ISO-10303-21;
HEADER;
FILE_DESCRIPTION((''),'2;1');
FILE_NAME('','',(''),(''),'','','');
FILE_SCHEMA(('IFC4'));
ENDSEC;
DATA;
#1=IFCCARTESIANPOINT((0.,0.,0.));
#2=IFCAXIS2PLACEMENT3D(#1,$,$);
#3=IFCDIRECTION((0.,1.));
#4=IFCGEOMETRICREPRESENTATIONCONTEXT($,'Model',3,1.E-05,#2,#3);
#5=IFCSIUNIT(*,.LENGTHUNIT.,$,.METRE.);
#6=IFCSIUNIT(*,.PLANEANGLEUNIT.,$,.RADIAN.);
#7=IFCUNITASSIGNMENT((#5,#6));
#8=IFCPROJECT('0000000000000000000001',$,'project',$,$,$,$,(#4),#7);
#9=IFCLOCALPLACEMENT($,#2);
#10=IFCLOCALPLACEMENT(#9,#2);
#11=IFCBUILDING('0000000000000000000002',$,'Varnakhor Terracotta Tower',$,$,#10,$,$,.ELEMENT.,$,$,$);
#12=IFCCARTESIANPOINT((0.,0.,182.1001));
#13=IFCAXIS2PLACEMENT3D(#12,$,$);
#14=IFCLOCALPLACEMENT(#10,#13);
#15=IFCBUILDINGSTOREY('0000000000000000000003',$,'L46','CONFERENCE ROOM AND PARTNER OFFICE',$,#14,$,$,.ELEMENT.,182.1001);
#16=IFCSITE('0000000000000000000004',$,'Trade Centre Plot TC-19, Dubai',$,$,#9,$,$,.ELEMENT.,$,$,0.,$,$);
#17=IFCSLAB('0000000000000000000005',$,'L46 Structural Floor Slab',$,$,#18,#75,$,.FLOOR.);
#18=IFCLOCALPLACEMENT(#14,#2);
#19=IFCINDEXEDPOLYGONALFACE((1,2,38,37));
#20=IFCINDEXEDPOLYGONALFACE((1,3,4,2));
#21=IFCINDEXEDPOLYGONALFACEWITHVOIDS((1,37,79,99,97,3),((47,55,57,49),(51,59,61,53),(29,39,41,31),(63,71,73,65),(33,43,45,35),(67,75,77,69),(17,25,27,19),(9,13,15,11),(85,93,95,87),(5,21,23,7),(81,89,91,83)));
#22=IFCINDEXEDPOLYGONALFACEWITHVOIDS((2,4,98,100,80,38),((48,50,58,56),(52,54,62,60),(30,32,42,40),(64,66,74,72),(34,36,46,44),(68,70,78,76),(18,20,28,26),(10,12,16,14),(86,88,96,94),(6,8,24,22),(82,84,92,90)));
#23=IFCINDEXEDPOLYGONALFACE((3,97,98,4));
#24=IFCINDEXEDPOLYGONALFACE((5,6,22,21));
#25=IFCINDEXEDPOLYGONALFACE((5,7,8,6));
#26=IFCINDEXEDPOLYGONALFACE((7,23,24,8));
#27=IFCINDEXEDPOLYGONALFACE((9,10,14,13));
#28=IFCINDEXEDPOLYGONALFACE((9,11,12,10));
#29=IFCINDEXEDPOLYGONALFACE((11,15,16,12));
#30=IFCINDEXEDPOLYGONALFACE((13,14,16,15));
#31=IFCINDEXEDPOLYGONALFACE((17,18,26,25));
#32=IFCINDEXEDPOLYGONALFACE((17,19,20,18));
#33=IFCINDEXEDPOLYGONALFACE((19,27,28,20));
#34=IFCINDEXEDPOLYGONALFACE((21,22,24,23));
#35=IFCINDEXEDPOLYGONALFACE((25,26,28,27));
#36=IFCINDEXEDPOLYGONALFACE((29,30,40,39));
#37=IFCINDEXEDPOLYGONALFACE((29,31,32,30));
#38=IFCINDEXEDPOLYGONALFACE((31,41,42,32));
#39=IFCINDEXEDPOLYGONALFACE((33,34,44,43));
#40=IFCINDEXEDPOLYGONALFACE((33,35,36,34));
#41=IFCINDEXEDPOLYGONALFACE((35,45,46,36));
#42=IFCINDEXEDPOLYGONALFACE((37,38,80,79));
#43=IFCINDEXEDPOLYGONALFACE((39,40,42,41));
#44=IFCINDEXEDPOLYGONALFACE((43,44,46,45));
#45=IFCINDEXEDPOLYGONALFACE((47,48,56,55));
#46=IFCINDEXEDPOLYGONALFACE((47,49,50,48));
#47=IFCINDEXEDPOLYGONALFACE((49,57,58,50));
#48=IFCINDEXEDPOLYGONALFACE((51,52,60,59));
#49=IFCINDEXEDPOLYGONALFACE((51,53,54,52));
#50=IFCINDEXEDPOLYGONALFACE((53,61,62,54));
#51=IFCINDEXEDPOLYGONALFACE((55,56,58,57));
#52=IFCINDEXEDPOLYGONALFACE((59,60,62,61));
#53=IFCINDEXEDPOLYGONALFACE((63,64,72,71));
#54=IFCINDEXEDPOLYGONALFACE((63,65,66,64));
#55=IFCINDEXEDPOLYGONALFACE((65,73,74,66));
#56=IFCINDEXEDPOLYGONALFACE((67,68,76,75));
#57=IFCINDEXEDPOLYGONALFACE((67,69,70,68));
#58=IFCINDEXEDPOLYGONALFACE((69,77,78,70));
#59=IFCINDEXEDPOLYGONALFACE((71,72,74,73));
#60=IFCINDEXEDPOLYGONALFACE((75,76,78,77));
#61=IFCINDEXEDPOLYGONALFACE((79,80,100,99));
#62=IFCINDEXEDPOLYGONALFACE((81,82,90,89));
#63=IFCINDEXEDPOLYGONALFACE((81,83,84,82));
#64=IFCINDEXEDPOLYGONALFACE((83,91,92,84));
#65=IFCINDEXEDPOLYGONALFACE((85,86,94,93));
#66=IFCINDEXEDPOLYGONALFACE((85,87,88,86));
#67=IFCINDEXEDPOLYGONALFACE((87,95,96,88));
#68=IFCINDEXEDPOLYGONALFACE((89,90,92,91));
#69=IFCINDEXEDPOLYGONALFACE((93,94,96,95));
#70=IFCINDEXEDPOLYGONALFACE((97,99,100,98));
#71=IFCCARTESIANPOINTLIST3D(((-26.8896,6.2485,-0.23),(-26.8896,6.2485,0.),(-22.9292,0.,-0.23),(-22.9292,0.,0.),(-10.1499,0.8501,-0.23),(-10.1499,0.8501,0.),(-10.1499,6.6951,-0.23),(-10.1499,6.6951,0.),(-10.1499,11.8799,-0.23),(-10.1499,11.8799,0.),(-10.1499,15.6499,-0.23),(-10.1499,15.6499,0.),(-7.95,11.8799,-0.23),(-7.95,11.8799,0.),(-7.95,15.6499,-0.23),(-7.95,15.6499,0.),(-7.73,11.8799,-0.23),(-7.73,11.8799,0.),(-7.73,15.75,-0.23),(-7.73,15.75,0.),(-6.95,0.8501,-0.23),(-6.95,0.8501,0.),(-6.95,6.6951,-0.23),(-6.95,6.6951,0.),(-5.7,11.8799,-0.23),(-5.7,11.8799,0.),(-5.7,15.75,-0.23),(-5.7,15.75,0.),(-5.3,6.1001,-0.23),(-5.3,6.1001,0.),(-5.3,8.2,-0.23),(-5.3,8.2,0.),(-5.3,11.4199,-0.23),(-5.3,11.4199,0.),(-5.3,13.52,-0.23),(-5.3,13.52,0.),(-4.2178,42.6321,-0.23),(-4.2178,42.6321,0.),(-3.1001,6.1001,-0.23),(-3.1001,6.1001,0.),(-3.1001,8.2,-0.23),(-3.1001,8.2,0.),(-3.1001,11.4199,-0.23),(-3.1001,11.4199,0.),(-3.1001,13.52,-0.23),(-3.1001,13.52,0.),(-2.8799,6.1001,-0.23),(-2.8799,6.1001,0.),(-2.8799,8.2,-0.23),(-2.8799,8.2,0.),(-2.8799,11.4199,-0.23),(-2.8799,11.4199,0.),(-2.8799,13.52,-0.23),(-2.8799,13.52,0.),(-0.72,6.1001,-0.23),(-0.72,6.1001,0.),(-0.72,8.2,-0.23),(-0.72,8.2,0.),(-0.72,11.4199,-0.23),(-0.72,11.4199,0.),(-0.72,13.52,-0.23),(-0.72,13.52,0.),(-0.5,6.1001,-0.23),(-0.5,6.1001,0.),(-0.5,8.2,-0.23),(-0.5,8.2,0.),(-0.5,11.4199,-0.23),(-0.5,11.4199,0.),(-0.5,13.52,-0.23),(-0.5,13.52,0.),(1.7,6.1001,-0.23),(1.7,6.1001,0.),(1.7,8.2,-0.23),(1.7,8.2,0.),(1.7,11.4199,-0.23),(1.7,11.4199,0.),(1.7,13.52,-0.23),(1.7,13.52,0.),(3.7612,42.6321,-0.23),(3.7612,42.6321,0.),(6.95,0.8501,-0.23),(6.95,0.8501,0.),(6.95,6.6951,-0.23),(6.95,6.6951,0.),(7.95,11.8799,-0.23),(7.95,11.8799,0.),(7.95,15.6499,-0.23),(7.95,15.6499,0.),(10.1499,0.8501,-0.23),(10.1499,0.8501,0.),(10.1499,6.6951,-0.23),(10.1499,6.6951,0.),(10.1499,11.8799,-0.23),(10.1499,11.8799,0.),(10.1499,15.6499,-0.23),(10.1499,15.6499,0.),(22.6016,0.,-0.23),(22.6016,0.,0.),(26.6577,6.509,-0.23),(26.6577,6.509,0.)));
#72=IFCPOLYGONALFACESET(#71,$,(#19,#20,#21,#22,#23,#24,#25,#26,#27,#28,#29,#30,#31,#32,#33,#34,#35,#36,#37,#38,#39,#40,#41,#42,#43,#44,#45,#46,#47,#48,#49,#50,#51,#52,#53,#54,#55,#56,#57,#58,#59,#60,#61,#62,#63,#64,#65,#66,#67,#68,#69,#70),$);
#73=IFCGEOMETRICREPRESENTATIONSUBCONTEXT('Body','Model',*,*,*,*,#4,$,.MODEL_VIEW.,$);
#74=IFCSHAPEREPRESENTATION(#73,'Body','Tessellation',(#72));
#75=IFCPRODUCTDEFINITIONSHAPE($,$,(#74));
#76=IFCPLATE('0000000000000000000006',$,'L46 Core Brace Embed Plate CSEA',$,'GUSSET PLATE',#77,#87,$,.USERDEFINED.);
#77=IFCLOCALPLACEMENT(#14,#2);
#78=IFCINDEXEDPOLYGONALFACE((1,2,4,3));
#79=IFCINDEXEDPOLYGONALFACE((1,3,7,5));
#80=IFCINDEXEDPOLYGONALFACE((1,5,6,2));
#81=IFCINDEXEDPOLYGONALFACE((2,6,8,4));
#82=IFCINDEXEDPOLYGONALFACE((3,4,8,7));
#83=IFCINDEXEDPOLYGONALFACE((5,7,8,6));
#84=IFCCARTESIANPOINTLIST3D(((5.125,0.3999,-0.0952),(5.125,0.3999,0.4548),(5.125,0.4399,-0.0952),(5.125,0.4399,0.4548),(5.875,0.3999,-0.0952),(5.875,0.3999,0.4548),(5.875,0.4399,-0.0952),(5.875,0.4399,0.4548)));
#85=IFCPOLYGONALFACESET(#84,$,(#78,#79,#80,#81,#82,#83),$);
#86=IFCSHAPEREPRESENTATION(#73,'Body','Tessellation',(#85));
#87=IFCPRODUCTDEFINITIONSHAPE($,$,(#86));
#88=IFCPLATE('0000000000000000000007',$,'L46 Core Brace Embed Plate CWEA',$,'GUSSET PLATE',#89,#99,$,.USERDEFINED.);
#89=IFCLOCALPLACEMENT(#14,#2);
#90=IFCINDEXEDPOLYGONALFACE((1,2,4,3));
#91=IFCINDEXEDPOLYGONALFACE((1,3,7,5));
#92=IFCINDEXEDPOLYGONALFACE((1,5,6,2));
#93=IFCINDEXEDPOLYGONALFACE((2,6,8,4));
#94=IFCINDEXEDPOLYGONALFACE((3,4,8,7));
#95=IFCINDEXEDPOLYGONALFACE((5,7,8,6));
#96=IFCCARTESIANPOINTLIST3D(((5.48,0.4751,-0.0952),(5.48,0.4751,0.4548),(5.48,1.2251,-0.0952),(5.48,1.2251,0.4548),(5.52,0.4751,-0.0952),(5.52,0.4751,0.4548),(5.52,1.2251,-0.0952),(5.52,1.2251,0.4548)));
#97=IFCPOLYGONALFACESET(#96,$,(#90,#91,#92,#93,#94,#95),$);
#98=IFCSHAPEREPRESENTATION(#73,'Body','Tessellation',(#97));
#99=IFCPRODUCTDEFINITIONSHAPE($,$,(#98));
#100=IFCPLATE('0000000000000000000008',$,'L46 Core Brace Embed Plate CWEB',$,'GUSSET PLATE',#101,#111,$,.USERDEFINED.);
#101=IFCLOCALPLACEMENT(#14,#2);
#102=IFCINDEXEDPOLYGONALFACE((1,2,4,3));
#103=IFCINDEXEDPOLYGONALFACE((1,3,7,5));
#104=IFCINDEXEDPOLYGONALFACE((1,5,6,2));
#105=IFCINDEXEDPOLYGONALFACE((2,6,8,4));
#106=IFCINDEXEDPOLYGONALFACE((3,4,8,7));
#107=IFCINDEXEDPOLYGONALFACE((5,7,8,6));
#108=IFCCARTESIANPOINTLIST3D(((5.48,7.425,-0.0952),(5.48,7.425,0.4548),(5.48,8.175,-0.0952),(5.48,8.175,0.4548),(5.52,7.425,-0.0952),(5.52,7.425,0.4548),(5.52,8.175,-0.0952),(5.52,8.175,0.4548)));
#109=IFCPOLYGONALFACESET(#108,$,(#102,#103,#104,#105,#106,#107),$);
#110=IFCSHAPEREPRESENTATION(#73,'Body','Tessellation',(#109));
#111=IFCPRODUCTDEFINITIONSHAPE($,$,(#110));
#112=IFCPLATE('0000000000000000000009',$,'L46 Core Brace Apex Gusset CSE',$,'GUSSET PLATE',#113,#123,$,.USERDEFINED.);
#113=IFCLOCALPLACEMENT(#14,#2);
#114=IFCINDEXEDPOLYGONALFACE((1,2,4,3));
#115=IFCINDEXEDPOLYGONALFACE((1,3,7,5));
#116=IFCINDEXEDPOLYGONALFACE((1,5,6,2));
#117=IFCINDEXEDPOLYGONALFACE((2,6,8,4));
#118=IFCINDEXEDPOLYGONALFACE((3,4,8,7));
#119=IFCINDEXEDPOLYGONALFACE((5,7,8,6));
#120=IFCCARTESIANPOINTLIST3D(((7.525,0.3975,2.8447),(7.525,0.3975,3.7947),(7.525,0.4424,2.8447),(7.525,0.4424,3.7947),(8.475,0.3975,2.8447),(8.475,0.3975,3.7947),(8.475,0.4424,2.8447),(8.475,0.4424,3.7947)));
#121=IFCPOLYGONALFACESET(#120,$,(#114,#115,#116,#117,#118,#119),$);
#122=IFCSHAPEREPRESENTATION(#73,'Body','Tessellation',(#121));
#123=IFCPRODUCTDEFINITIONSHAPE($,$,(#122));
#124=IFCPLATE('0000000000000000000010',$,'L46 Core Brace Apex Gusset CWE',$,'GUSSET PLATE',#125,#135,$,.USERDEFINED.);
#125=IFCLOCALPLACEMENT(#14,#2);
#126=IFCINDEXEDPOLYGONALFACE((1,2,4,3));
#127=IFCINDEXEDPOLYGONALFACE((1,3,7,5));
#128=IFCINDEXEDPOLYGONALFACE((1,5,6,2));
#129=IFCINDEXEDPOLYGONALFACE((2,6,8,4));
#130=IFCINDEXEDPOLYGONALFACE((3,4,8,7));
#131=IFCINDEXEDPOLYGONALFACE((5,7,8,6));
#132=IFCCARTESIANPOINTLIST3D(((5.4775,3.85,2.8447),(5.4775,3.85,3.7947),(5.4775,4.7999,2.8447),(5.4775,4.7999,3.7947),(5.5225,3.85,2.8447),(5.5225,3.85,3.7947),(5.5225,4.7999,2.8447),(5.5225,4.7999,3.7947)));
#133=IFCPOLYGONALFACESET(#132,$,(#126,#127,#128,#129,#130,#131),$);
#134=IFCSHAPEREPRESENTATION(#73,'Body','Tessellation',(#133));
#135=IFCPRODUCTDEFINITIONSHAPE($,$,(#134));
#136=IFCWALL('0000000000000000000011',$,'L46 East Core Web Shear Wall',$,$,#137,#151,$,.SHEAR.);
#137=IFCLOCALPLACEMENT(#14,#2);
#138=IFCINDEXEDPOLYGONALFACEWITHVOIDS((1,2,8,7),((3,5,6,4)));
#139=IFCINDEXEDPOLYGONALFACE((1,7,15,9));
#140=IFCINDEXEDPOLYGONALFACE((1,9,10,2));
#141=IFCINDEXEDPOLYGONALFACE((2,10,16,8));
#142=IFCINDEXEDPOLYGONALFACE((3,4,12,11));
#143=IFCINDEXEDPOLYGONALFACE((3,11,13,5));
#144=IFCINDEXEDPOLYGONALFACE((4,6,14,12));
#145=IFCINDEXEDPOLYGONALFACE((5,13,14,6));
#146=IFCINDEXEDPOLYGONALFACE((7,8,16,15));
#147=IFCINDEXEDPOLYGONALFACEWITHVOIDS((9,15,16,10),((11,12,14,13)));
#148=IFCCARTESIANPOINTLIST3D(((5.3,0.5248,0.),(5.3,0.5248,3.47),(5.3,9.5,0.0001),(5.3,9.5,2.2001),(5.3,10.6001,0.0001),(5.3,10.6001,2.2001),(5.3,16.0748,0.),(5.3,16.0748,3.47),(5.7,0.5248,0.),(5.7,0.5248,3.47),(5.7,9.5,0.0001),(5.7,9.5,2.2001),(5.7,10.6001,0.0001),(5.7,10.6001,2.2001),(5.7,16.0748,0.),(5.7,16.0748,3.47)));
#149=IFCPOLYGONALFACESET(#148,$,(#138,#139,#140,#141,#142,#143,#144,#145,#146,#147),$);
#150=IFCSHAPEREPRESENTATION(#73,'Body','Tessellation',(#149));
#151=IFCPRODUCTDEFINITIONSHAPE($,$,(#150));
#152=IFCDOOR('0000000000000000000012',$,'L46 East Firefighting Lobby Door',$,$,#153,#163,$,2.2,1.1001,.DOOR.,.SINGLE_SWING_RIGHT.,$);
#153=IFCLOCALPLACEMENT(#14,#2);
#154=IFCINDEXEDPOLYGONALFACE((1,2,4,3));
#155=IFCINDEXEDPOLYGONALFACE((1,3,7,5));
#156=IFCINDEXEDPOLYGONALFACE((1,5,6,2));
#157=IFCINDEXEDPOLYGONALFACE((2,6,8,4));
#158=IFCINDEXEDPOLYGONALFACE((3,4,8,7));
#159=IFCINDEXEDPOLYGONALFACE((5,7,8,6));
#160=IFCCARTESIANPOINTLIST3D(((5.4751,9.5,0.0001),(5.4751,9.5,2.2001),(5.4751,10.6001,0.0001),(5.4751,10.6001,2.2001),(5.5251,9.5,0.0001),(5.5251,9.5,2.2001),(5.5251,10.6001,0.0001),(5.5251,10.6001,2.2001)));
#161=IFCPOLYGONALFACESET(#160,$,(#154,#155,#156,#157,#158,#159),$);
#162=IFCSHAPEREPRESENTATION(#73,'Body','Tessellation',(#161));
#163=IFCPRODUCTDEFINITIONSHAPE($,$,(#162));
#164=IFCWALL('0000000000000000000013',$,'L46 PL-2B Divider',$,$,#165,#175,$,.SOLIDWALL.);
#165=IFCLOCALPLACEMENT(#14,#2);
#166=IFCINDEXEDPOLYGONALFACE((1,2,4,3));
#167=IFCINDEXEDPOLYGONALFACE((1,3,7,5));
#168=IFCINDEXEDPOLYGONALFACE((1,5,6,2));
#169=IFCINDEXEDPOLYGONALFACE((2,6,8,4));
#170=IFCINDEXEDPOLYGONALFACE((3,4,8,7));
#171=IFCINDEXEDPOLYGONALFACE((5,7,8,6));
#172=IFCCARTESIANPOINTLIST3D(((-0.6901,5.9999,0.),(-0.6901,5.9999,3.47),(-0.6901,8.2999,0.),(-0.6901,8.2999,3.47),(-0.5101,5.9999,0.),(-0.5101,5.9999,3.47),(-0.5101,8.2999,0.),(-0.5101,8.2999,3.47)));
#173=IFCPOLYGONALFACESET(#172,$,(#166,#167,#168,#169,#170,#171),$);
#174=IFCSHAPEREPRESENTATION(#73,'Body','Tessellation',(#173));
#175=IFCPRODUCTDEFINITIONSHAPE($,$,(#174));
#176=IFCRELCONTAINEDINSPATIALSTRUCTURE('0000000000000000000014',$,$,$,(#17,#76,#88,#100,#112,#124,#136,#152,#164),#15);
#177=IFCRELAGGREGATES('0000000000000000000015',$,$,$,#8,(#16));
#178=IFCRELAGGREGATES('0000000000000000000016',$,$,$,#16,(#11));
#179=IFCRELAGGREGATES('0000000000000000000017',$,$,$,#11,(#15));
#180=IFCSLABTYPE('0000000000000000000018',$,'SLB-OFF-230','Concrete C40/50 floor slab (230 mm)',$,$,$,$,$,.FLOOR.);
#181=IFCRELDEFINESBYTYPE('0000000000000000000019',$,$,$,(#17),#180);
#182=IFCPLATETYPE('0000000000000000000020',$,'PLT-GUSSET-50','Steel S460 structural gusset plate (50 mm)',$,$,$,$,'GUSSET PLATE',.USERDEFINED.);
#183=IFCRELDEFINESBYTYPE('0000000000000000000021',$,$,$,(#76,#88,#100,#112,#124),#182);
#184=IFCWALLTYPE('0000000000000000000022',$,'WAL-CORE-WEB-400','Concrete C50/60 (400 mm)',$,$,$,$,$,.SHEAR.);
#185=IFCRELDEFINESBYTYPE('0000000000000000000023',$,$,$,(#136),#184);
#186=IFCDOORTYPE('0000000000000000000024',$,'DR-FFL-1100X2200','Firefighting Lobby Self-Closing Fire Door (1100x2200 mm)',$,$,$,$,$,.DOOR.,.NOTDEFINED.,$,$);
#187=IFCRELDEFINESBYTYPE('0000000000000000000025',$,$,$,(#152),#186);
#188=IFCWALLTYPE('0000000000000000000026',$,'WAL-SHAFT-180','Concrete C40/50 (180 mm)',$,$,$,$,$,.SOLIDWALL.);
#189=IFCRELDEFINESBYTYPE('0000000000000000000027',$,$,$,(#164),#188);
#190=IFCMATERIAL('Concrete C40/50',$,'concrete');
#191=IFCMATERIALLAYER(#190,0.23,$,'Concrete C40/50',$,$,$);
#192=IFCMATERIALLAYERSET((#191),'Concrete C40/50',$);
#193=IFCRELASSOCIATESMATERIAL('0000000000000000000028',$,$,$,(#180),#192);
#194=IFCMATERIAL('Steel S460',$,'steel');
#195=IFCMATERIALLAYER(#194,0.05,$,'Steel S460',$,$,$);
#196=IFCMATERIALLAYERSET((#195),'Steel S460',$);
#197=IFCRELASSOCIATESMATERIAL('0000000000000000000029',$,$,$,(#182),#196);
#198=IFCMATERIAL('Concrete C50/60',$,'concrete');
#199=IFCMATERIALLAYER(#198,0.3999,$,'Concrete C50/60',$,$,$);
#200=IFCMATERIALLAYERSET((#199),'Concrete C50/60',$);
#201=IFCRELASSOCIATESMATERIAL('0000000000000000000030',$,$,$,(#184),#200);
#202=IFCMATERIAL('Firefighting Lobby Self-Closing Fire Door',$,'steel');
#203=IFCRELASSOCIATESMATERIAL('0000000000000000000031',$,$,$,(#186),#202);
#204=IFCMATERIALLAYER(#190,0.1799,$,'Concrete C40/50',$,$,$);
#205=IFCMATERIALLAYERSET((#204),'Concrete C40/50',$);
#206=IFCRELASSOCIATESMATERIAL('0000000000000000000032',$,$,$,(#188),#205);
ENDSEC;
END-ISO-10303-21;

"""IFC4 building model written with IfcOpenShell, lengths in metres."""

from ifc_helpers import new_model, si_unit, direction, frame, frame_2d, origin, origin_2d, place, context, subcontext, project, spatial, polyline, rectangle, outline, extrude, source, transform, mapped, material, layer, layer_set, type_object, type_shapes, element, fill, save


model = new_model("IFC4")

# Units and contexts
model_context = context("Model", 3, precision=1e-05, world=origin(), true_north=direction((0.0, 1.0)))
body_context = subcontext(model_context, "Body", "Model", "MODEL_VIEW")
ifc_project = project(units=[si_unit("LENGTHUNIT", "METRE"), si_unit("PLANEANGLEUNIT", "RADIAN")], contexts=[model_context])

# Site, building, storey
site_placement = place(None, origin())
site = spatial("IfcSite", under=ifc_project, at=site_placement, Name="Trade Centre Plot TC-19, Dubai", CompositionType="ELEMENT", RefElevation=0.0)
building_placement = place(site_placement, origin())
building = spatial("IfcBuilding", under=site, at=building_placement, Name="Varnakhor Terracotta Tower", CompositionType="ELEMENT")
storey_placement = place(building_placement, frame((0.0, 0.0, 182.1001)))
storey = spatial("IfcBuildingStorey", under=building, at=storey_placement, Name="L46", Description="CONFERENCE ROOM AND PARTNER OFFICE", CompositionType="ELEMENT", Elevation=182.1001)

# Shared definitions
ifc_material_1 = material(Name="Concrete C50/60", Category="concrete")

# Shared definitions
ifc_material_2 = material(Name="Steel S460", Category="steel")

# Shared definitions
ifc_material_3 = material(Name="Concrete C40/50", Category="concrete")

# Slab
ifc_layer_1 = layer(ifc_material_3, 0.23, Name="Concrete C40/50")
ifc_layer_set_1 = layer_set([ifc_layer_1], Name="Concrete C40/50")
slab_type_1 = type_object("IfcSlabType", Name="SLB-OFF-230", Description="Concrete C40/50 floor slab (230 mm)", PredefinedType="FLOOR", material=ifc_layer_set_1)
slab_1_placement = place(storey_placement, frame((0.0, 0.0, -0.23)))
element("IfcSlab", 1, at=slab_1_placement, inside=storey, type_object=slab_type_1, Name="L46 Structural Floor Slab", PredefinedType="FLOOR", context=body_context, shape_type="SweptSolid", body=[
    extrude(outline(polyline([(-26.8896, 6.2485), (-4.2178, 42.6321), (3.7612, 42.6321), (26.6577, 6.509), (22.6016, 0.0), (-22.9292, 0.0), (-26.8896, 6.2485)]), holes=[polyline([(-6.95, 0.8501), (-6.95, 6.6951), (-10.1499, 6.6951), (-10.1499, 0.8501), (-6.95, 0.8501)]), polyline([(-3.1001, 6.1001), (-3.1001, 8.2), (-5.3, 8.2), (-5.3, 6.1001), (-3.1001, 6.1001)]), polyline([(-0.72, 6.1001), (-0.72, 8.2), (-2.8799, 8.2), (-2.8799, 6.1001), (-0.72, 6.1001)]), polyline([(-5.3, 11.4199), (-3.1001, 11.4199), (-3.1001, 13.52), (-5.3, 13.52), (-5.3, 11.4199)]), polyline([(-10.1499, 11.8799), (-7.95, 11.8799), (-7.95, 15.6499), (-10.1499, 15.6499), (-10.1499, 11.8799)]), polyline([(-5.7, 11.8799), (-5.7, 15.75), (-7.73, 15.75), (-7.73, 11.8799), (-5.7, 11.8799)]), polyline([(6.95, 0.8501), (10.1499, 0.8501), (10.1499, 6.6951), (6.95, 6.6951), (6.95, 0.8501)]), polyline([(-0.5, 6.1001), (1.7, 6.1001), (1.7, 8.2), (-0.5, 8.2), (-0.5, 6.1001)]), polyline([(-0.72, 11.4199), (-0.72, 13.52), (-2.8799, 13.52), (-2.8799, 11.4199), (-0.72, 11.4199)]), polyline([(-0.5, 11.4199), (1.7, 11.4199), (1.7, 13.52), (-0.5, 13.52), (-0.5, 11.4199)]), polyline([(7.95, 11.8799), (10.1499, 11.8799), (10.1499, 15.6499), (7.95, 15.6499), (7.95, 11.8799)])]), origin(), (0.0, 0.0, 1.0), 0.23),
])

# Plates
ifc_layer_2 = layer(ifc_material_2, 0.05, Name="Steel S460")
ifc_layer_set_2 = layer_set([ifc_layer_2], Name="Steel S460")
plate_type = type_object("IfcPlateType", Name="PLT-GUSSET-50", Description="Steel S460 structural gusset plate (50 mm)", ElementType="GUSSET PLATE", PredefinedType="USERDEFINED", material=ifc_layer_set_2)
shared_shape_1 = source(origin(), body_context, "Body", "SweptSolid", [
    extrude(rectangle(XDim=0.75, YDim=0.04, at=origin_2d()), origin(), (0.0, 0.0, 1.0), 0.55),
])
type_shapes(plate_type, [shared_shape_1])
for number, where, z_axis, x_axis, name in (
    (2, (5.5, 0.4199, -0.0952), (0.0, 0.0, 1.0), (1.0, 0.0, 0.0), "L46 Core Brace Embed Plate CSEA"),
    (3, (5.5, 0.8501, -0.0952), (0.0, 0.0, 1.0), (0.0, 1.0, 0.0), "L46 Core Brace Embed Plate CWEA"),
    (4, (5.5, 7.8, -0.0952), (0.0, 0.0, 1.0), (0.0, 1.0, 0.0), "L46 Core Brace Embed Plate CWEB"),
):
    element("IfcPlate", number, at=place(storey_placement, frame(where, z_axis=z_axis, x_axis=x_axis)), inside=storey, type_object=plate_type, Name=name, ObjectType="GUSSET PLATE", PredefinedType="USERDEFINED", context=body_context, shape_type="MappedRepresentation", body=[
        mapped(shared_shape_1, transform((0.0, 0.0, 0.0), scale=1.0)),
    ])
shared_shape_2 = source(origin(), body_context, "Body", "SweptSolid", [
    extrude(rectangle(XDim=0.95, YDim=0.0449, at=origin_2d()), origin(), (0.0, 0.0, 1.0), 0.95),
])
for number, where, z_axis, x_axis, name in (
    (5, (8.0, 0.4199, 2.8447), (0.0, 0.0, 1.0), (1.0, 0.0, 0.0), "L46 Core Brace Apex Gusset CSE"),
    (6, (5.5, 4.325, 2.8447), (0.0, 0.0, 1.0), (0.0, 1.0, 0.0), "L46 Core Brace Apex Gusset CWE"),
):
    element("IfcPlate", number, at=place(storey_placement, frame(where, z_axis=z_axis, x_axis=x_axis)), inside=storey, type_object=plate_type, Name=name, ObjectType="GUSSET PLATE", PredefinedType="USERDEFINED", context=body_context, shape_type="MappedRepresentation", body=[
        mapped(shared_shape_2, transform((0.0, 0.0, 0.0), scale=1.0)),
    ])

# Wall, opening, door
ifc_layer_3 = layer(ifc_material_1, 0.3999, Name="Concrete C50/60")
ifc_layer_set_3 = layer_set([ifc_layer_3], Name="Concrete C50/60")
wall_type_1 = type_object("IfcWallType", Name="WAL-CORE-WEB-400", Description="Concrete C50/60 (400 mm)", PredefinedType="SHEAR", material=ifc_layer_set_3)
wall_1_placement = place(storey_placement, frame((5.5, 0.5249, 0.0), z_axis=(0.0, 0.0, 1.0), x_axis=(0.0, 1.0, 0.0)))
wall_1 = element("IfcWall", 7, at=wall_1_placement, inside=storey, type_object=wall_type_1, Name="L46 East Core Web Shear Wall", PredefinedType="SHEAR", context=body_context, shape_type="SweptSolid", body=[
    extrude(rectangle(XDim=15.55, YDim=0.3999, at=frame_2d((7.7749, 0.0))), origin(), (0.0, 0.0, 1.0), 3.47),
])
opening_1_placement = place(wall_1_placement, frame((8.9751, 0.0, 0.0)))
opening_1 = element("IfcOpeningElement", 8, at=opening_1_placement, cuts=wall_1, PredefinedType="OPENING", context=body_context, shape_type="SweptSolid", body=[
    extrude(rectangle(XDim=1.1001, YDim=2.2, at=frame_2d((0.55, 1.1001))), frame((0.0, 0.21, 0.0), z_axis=(0.0, -1.0, 0.0), x_axis=(1.0, 0.0, 0.0)), (0.0, 0.0, 1.0), 0.4199),
])
ifc_material_4 = material(Name="Firefighting Lobby Self-Closing Fire Door", Category="steel")
door_type_1 = type_object("IfcDoorType", Name="DR-FFL-1100X2200", Description="Firefighting Lobby Self-Closing Fire Door (1100x2200 mm)", OperationType="NOTDEFINED", PredefinedType="DOOR", material=ifc_material_4)
shared_shape_3 = source(origin(), body_context, "Body", "SweptSolid", [
    extrude(rectangle(XDim=1.1001, YDim=2.2, at=frame_2d((0.55, 1.1001))), frame((0.0, 0.0249, 0.0), z_axis=(0.0, -1.0, 0.0), x_axis=(1.0, 0.0, 0.0)), (0.0, 0.0, 1.0), 0.05),
])
type_shapes(door_type_1, [shared_shape_3])
door_1_placement = place(opening_1_placement, origin())
door_1 = element("IfcDoor", 9, at=door_1_placement, inside=storey, type_object=door_type_1, Name="L46 East Firefighting Lobby Door", OperationType="SINGLE_SWING_RIGHT", OverallHeight=2.2, OverallWidth=1.1001, PredefinedType="DOOR", context=body_context, shape_type="MappedRepresentation", body=[
    mapped(shared_shape_3, transform((0.0, 0.0, 0.0), scale=1.0)),
])
fill(opening_1, door_1)

# Wall
ifc_layer_4 = layer(ifc_material_3, 0.1799, Name="Concrete C40/50")
ifc_layer_set_4 = layer_set([ifc_layer_4], Name="Concrete C40/50")
wall_type_2 = type_object("IfcWallType", Name="WAL-SHAFT-180", Description="Concrete C40/50 (180 mm)", PredefinedType="SOLIDWALL", material=ifc_layer_set_4)
wall_2_placement = place(storey_placement, frame((-0.6001, 6.0, 0.0), z_axis=(0.0, 0.0, 1.0), x_axis=(0.0, 1.0, 0.0)))
element("IfcWall", 10, at=wall_2_placement, inside=storey, type_object=wall_type_2, Name="L46 PL-2B Divider", PredefinedType="SOLIDWALL", context=body_context, shape_type="SweptSolid", body=[
    extrude(rectangle(XDim=2.3, YDim=0.1799, at=frame_2d((1.1499, 0.0))), origin(), (0.0, 0.0, 1.0), 3.47),
])

save(model, "model.ifc")
